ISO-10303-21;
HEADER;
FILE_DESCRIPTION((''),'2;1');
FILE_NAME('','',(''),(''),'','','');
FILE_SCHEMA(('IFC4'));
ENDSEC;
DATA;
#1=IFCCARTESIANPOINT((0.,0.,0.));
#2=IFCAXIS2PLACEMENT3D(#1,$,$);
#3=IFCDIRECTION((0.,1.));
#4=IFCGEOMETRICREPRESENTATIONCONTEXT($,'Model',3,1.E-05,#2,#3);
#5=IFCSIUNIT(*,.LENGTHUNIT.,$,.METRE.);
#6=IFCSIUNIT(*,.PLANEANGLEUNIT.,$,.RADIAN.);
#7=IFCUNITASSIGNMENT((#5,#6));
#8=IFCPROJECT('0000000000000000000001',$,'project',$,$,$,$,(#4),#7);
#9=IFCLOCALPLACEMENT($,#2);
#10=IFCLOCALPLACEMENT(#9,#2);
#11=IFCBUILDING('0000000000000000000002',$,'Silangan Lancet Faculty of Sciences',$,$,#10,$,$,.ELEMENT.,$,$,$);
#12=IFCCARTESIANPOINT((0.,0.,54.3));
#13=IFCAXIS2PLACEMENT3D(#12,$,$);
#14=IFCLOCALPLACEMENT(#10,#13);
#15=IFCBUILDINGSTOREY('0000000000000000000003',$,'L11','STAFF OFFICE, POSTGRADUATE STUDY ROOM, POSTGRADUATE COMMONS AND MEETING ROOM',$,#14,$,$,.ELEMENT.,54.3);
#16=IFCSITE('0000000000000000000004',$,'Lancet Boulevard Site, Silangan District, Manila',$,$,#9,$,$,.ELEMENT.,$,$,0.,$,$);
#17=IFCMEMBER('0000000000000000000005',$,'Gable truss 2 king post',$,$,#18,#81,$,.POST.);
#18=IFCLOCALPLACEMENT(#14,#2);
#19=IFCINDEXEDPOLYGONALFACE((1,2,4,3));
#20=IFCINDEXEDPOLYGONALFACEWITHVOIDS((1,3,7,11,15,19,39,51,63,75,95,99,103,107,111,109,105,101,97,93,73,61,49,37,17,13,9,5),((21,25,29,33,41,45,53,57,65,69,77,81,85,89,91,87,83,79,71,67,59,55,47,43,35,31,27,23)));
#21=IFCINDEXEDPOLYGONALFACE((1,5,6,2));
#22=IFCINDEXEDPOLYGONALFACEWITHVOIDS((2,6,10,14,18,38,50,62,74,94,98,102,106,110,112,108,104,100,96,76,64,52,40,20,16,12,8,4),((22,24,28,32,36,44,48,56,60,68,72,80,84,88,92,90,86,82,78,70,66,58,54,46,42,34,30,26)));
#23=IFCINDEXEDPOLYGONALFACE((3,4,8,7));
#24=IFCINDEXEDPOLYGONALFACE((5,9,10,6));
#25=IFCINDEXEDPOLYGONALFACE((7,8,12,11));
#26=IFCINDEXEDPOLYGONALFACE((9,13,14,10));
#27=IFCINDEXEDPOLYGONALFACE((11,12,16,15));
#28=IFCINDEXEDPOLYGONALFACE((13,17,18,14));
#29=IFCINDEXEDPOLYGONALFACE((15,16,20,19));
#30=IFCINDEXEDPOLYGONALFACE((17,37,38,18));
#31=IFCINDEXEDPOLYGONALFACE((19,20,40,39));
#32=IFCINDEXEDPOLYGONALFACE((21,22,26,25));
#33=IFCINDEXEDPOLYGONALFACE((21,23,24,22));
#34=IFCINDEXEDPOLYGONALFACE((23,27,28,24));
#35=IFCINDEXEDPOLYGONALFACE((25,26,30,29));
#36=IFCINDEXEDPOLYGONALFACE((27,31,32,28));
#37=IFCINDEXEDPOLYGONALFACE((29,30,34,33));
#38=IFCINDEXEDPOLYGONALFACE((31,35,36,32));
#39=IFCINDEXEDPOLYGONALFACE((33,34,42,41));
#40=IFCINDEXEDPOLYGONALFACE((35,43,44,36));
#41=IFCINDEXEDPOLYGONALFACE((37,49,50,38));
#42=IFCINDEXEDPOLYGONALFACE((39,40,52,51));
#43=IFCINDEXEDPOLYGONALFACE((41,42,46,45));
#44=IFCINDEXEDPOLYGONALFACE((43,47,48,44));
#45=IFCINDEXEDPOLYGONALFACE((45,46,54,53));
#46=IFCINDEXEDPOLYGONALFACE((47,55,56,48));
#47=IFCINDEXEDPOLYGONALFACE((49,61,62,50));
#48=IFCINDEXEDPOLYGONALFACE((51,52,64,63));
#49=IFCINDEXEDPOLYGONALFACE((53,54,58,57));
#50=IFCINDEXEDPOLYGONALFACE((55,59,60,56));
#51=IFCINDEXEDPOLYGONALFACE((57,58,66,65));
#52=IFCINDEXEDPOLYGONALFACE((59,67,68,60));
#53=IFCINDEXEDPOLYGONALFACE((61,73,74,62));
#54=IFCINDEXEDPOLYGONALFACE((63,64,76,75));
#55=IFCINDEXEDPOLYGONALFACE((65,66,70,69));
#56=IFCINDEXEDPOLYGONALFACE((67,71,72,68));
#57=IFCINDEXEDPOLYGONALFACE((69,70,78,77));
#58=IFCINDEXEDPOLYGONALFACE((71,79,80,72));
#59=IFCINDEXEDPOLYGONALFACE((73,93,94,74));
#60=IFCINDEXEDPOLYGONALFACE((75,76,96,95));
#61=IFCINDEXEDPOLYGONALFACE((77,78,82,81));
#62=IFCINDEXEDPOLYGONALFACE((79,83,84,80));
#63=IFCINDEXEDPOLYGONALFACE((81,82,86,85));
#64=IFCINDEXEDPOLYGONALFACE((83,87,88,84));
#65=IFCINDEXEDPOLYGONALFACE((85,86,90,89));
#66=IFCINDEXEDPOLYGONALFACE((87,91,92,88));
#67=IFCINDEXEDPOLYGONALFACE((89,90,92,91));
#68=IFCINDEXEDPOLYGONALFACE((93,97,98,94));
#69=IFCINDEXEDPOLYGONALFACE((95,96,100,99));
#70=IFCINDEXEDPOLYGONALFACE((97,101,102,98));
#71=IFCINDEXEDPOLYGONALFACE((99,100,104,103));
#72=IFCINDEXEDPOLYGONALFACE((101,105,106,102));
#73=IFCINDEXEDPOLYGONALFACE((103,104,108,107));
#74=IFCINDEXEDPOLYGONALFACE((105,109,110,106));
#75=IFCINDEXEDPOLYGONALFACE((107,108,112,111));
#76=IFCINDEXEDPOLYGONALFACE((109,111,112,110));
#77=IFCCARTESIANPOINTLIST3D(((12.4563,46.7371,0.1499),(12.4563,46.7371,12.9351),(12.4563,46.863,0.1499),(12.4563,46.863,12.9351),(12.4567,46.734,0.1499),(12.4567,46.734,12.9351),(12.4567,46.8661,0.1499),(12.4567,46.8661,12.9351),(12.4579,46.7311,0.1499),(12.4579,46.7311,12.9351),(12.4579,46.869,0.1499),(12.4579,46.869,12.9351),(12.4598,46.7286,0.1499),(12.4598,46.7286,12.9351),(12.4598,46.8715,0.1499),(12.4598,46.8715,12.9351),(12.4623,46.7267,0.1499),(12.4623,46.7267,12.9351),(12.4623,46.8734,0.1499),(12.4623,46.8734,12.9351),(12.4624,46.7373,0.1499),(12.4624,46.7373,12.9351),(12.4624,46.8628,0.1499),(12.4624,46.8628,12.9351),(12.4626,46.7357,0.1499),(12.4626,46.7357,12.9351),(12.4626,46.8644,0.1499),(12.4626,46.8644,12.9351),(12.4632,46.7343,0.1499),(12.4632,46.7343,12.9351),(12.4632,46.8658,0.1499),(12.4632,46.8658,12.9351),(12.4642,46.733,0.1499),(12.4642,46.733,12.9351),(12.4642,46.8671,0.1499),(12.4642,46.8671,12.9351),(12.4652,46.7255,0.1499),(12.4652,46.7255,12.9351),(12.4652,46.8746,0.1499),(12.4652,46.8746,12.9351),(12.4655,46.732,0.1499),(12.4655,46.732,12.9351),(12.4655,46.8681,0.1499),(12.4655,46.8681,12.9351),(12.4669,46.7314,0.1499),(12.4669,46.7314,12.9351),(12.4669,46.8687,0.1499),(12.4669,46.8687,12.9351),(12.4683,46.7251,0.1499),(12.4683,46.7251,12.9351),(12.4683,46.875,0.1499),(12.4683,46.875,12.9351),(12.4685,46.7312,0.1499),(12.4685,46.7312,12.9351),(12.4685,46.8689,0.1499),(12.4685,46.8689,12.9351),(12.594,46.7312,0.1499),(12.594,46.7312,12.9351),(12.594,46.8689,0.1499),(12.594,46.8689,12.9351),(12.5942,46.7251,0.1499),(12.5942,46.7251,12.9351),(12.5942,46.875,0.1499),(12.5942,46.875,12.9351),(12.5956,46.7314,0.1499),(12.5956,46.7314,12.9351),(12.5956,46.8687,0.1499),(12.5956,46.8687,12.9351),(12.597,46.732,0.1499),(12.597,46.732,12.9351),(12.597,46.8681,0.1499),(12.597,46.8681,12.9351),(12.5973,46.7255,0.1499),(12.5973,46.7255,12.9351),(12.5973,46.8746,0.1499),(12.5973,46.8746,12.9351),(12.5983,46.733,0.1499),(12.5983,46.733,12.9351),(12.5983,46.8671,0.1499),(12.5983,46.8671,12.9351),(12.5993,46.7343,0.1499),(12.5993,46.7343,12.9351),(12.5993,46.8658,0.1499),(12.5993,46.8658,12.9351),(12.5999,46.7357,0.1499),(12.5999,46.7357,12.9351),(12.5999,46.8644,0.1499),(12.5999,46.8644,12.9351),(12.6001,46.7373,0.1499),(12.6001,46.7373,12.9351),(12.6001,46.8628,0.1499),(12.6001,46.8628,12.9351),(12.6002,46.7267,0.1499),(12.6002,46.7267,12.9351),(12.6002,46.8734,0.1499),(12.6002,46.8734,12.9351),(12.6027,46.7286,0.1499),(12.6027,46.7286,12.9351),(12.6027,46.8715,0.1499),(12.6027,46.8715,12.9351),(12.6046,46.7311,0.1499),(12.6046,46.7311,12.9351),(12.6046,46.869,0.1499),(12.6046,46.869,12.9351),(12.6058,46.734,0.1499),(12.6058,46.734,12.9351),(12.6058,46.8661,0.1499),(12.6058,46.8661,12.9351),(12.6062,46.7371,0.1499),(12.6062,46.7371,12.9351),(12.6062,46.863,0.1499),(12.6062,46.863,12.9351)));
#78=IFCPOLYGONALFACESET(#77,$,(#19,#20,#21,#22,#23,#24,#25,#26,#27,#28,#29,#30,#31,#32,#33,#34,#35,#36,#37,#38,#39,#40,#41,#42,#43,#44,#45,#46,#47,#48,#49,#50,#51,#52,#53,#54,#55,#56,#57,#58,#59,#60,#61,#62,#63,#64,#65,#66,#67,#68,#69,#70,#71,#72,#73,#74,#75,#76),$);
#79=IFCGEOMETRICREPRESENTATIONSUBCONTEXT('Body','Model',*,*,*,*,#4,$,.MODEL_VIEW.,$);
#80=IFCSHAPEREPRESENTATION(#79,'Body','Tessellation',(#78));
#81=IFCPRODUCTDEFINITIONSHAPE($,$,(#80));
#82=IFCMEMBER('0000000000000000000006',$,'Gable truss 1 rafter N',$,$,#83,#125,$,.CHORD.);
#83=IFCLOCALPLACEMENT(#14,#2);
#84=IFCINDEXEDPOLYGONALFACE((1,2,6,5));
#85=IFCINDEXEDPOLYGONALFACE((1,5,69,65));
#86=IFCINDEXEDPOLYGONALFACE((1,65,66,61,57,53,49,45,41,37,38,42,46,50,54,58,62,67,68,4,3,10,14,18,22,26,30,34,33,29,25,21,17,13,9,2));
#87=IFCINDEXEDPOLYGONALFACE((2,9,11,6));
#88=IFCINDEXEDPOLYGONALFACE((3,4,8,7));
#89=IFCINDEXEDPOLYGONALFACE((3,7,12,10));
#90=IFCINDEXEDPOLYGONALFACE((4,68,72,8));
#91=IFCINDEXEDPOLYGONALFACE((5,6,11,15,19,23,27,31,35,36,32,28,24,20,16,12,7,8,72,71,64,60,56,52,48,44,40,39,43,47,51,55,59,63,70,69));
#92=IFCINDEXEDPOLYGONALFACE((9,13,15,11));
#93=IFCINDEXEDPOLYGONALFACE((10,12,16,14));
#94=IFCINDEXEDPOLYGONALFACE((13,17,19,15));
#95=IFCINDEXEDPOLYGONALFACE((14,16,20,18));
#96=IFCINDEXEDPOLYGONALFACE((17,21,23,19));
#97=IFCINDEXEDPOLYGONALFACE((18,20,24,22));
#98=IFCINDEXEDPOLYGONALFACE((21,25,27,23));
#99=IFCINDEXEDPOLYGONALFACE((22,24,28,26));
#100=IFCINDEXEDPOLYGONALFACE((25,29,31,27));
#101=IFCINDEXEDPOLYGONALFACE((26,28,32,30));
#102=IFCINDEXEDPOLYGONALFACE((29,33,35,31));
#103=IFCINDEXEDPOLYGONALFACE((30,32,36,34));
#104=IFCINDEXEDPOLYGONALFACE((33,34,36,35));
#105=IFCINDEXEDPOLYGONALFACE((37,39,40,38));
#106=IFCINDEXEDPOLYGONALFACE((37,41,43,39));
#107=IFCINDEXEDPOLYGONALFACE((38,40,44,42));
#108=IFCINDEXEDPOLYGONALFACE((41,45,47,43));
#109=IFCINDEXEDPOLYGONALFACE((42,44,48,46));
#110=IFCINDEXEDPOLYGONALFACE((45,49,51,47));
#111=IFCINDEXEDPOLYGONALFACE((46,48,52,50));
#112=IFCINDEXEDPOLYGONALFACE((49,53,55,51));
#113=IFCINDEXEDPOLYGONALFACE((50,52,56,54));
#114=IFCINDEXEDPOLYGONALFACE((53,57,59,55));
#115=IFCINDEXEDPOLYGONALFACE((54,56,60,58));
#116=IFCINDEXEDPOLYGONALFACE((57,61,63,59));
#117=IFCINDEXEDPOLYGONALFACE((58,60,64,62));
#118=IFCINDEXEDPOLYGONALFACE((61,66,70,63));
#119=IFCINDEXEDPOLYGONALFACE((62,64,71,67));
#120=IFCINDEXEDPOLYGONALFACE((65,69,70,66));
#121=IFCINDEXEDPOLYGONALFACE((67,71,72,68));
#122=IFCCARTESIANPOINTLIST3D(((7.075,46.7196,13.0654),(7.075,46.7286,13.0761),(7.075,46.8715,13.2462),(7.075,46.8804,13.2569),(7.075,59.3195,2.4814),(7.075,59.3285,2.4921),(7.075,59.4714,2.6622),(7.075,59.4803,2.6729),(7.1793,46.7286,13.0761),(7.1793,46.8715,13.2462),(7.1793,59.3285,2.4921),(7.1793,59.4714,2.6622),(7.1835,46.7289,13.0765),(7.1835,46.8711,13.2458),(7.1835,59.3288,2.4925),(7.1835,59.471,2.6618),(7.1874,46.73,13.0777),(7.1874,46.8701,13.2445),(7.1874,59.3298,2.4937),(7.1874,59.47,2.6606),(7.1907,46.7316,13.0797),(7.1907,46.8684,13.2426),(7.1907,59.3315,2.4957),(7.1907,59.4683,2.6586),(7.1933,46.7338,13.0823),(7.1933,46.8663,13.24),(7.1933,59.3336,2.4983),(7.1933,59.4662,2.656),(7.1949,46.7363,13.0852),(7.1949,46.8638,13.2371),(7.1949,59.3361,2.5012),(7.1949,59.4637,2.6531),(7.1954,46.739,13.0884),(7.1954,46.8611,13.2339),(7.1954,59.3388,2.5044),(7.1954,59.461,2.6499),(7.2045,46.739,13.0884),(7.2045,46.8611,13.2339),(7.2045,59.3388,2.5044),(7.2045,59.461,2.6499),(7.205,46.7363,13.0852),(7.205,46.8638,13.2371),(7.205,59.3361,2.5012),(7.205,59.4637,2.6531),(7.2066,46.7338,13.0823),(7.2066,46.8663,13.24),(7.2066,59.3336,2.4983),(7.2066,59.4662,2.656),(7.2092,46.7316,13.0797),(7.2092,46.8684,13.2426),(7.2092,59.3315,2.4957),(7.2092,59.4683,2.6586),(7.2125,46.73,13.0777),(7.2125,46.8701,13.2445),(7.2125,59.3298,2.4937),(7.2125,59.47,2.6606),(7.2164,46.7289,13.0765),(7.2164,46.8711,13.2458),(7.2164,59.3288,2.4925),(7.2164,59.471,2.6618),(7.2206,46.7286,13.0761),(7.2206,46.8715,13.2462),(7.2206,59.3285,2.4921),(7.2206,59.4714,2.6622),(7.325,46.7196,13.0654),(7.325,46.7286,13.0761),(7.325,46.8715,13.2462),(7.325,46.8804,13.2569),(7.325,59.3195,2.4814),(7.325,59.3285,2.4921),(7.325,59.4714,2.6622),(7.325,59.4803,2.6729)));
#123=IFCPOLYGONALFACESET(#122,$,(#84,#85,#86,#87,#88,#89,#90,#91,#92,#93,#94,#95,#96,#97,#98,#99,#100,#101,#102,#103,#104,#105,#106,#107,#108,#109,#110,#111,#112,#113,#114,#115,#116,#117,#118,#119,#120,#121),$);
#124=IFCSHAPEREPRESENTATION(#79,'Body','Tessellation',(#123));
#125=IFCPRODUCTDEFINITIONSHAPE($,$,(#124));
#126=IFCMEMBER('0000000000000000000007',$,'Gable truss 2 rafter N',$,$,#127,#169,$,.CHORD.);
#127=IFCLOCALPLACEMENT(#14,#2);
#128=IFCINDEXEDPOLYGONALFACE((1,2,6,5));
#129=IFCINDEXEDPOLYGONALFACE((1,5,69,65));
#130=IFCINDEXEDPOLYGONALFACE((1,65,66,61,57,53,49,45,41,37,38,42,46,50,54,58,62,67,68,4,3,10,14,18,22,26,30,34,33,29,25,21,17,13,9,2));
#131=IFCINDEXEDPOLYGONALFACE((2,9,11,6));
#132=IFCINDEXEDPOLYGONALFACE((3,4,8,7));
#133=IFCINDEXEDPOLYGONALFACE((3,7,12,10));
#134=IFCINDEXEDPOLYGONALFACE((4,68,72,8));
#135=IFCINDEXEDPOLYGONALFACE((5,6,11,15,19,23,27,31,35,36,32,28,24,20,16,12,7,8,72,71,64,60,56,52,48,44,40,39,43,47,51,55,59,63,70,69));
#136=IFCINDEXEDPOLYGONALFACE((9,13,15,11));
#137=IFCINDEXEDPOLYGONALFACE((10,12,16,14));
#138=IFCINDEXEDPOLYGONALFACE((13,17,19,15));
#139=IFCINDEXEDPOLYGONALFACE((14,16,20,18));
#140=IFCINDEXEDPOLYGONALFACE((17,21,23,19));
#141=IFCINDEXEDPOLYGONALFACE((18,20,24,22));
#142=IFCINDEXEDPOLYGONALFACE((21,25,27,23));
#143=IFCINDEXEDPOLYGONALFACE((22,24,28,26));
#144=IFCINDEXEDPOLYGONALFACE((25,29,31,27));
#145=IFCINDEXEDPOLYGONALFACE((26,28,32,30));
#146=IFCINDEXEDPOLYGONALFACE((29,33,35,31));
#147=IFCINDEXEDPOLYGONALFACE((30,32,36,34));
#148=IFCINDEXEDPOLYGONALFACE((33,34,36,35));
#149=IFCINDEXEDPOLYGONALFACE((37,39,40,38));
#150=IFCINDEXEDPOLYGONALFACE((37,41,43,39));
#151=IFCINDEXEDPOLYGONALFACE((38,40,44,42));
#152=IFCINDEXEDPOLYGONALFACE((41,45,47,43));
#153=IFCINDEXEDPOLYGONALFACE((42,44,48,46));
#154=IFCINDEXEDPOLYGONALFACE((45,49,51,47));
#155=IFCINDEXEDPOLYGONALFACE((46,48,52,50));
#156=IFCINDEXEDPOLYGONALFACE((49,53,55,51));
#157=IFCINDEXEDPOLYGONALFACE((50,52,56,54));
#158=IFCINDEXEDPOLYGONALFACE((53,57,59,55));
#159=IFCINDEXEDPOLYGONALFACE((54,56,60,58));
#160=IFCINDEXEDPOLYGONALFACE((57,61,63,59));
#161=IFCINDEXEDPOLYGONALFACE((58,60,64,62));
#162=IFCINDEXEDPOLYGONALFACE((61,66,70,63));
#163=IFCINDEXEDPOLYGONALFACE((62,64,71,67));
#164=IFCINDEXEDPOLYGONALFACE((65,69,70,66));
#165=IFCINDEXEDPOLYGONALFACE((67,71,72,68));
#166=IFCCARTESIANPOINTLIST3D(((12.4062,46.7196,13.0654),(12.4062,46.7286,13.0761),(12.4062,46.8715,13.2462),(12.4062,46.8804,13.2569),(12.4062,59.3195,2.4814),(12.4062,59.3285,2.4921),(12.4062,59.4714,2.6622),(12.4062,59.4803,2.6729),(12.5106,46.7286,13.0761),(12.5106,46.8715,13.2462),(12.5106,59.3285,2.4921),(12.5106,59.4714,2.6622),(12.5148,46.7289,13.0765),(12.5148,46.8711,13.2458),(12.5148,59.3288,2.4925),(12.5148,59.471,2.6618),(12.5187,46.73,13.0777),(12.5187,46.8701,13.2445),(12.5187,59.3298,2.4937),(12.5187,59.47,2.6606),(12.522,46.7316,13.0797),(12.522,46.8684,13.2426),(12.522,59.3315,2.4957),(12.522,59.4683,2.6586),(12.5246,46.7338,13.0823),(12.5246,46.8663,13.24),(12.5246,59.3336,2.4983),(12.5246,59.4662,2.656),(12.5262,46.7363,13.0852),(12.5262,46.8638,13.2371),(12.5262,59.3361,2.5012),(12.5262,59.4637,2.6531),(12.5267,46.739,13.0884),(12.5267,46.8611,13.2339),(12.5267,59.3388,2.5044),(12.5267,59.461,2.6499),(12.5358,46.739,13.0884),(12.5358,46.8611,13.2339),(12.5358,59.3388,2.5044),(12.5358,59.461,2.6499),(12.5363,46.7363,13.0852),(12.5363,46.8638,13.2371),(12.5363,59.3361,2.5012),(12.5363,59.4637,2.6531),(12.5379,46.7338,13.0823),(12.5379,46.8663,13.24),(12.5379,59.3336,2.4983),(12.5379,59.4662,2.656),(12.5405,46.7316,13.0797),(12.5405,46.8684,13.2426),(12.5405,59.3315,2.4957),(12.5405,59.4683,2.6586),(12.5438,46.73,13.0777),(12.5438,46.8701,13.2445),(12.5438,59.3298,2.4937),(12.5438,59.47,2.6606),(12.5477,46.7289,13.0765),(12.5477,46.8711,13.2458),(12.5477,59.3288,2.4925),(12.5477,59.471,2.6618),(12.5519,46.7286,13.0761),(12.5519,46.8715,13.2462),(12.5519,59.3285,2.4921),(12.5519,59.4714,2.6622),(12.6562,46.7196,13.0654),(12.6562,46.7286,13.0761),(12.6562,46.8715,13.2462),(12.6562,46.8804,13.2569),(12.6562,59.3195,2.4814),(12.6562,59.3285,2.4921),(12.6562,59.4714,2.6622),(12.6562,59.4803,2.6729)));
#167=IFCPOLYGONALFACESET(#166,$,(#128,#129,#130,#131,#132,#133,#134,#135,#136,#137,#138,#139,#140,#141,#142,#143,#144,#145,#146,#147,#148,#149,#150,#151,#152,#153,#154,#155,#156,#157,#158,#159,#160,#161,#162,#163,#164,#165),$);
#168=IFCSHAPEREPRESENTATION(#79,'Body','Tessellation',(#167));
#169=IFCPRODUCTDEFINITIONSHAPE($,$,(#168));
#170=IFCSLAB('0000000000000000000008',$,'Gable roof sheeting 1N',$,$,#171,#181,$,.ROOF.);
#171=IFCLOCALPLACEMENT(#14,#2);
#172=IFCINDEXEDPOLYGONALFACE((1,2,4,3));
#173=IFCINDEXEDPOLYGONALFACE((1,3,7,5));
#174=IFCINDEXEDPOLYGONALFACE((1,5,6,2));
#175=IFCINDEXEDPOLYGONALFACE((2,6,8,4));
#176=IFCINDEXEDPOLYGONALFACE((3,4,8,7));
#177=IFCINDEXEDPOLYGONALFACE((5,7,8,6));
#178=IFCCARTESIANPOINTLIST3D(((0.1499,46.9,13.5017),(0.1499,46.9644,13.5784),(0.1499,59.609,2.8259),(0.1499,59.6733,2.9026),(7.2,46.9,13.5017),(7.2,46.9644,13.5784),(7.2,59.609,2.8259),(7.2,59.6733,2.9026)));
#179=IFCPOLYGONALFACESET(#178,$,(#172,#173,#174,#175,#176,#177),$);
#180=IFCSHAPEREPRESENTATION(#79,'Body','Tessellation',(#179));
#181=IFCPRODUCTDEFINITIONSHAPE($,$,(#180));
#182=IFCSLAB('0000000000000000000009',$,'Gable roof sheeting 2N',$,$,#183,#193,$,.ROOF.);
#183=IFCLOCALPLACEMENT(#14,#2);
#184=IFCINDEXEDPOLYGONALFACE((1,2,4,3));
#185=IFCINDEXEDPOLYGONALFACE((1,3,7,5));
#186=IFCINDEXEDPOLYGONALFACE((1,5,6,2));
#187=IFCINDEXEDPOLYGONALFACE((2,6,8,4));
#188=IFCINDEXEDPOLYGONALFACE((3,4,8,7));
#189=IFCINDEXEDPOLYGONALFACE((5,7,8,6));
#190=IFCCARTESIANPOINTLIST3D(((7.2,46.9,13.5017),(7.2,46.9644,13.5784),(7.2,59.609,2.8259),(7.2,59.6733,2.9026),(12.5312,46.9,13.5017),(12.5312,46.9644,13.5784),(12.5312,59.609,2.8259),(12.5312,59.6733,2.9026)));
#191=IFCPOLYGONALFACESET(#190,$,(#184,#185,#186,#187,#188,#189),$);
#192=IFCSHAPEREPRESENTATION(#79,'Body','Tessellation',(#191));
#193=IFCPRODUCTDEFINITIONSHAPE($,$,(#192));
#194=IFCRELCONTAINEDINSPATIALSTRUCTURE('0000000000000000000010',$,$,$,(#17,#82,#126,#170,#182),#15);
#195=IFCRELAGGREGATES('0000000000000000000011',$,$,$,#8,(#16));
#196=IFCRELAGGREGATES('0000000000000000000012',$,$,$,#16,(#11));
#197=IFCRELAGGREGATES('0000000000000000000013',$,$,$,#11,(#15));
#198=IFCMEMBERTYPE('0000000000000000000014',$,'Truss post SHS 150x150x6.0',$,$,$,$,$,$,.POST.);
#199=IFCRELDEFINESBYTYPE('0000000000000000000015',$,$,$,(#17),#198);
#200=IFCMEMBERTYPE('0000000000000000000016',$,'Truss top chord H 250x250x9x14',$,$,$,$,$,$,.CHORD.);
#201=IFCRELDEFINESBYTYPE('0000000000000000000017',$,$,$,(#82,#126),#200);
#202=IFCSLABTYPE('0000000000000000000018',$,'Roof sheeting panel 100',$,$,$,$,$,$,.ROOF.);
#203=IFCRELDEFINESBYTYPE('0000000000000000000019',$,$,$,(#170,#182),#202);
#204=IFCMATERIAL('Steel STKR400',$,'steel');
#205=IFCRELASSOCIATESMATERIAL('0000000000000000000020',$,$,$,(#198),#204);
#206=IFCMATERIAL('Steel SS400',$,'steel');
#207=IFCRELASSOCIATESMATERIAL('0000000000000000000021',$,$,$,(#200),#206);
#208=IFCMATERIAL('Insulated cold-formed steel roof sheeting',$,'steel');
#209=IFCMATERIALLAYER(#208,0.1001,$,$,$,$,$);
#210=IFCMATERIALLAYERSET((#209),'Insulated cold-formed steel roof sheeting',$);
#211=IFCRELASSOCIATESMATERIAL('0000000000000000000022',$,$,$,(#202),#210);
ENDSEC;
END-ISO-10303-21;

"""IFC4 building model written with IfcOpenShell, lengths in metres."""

from ifc_helpers import new_model, si_unit, direction, frame, origin, origin_2d, place, context, subcontext, project, spatial, polyline, hollow_rectangle, i_section, outline, extrude, material, layer, layer_set, material_profile, profile_set, type_object, element, save


model = new_model("IFC4")

# Units and contexts
model_context = context("Model", 3, precision=1e-05, world=origin(), true_north=direction((0.0, 1.0)))
body_context = subcontext(model_context, "Body", "Model", "MODEL_VIEW")
ifc_project = project(units=[si_unit("LENGTHUNIT", "METRE"), si_unit("PLANEANGLEUNIT", "RADIAN")], contexts=[model_context])

# Site, building, storey
site_placement = place(None, origin())
site = spatial("IfcSite", under=ifc_project, at=site_placement, Name="Lancet Boulevard Site, Silangan District, Manila", CompositionType="ELEMENT", RefElevation=0.0)
building_placement = place(site_placement, origin())
building = spatial("IfcBuilding", under=site, at=building_placement, Name="Silangan Lancet Faculty of Sciences", CompositionType="ELEMENT")
storey_placement = place(building_placement, frame((0.0, 0.0, 54.3)))
storey = spatial("IfcBuildingStorey", under=building, at=storey_placement, Name="L11", Description="STAFF OFFICE, POSTGRADUATE STUDY ROOM, POSTGRADUATE COMMONS AND MEETING ROOM", CompositionType="ELEMENT", Elevation=54.3)

# Members
ifc_material_1 = material(Name="Steel STKR400", Category="steel")
ifc_material_profile_1 = material_profile(ifc_material_1, hollow_rectangle(XDim=0.1499, YDim=0.1499, WallThickness=0.0061, InnerFilletRadius=0.0061, OuterFilletRadius=0.012, at=origin_2d()), Name="SHS 150x150x6.0")
ifc_profile_set_1 = profile_set([ifc_material_profile_1], Name="Steel STKR400")
member_type_1 = type_object("IfcMemberType", Name="Truss post SHS 150x150x6.0", PredefinedType="POST", material=ifc_profile_set_1)
member_1_placement = place(storey_placement, frame((12.5312, 46.8, 0.1499), z_axis=(0.0, 0.0, 1.0), x_axis=(1.0, 0.0, 0.0)))
element("IfcMember", 1, at=member_1_placement, inside=storey, type_object=member_type_1, Name="Gable truss 2 king post", PredefinedType="POST", context=body_context, shape_type="SweptSolid", body=[
    extrude(hollow_rectangle(XDim=0.1499, YDim=0.1499, WallThickness=0.0061, InnerFilletRadius=0.0061, OuterFilletRadius=0.012, at=origin_2d()), origin(), (0.0, 0.0, 1.0), 12.7852),
])
ifc_material_2 = material(Name="Steel SS400", Category="steel")
ifc_material_profile_2 = material_profile(ifc_material_2, i_section(OverallWidth=0.25, OverallDepth=0.25, WebThickness=0.009, FlangeThickness=0.0139, FilletRadius=0.0161, at=origin_2d()), Name="H 250x250x9x14")
ifc_profile_set_2 = profile_set([ifc_material_profile_2], Name="Steel SS400")
member_type_2 = type_object("IfcMemberType", Name="Truss top chord H 250x250x9x14", PredefinedType="CHORD", material=ifc_profile_set_2)
for number, where, z_axis, x_axis, name in (
    (2, (7.2, 59.3999, 2.5771), (0.0, -0.765702, 0.643196), (1.0, 0.0, 0.0), "Gable truss 1 rafter N"),
    (3, (12.5312, 59.3999, 2.5771), (0.0, -0.765702, 0.643196), (1.0, 0.0, 0.0), "Gable truss 2 rafter N"),
):
    element("IfcMember", number, at=place(storey_placement, frame(where, z_axis=z_axis, x_axis=x_axis)), inside=storey, type_object=member_type_2, Name=name, PredefinedType="CHORD", context=body_context, shape_type="SweptSolid", body=[
        extrude(i_section(OverallWidth=0.25, OverallDepth=0.25, WebThickness=0.009, FlangeThickness=0.0139, FilletRadius=0.0161, at=origin_2d()), origin(), (0.0, 0.0, 1.0), 16.4553),
    ])

# Slabs
ifc_material_3 = material(Name="Insulated cold-formed steel roof sheeting", Category="steel")
ifc_layer_1 = layer(ifc_material_3, 0.1001)
ifc_layer_set_1 = layer_set([ifc_layer_1], Name="Insulated cold-formed steel roof sheeting")
slab_type = type_object("IfcSlabType", Name="Roof sheeting panel 100", PredefinedType="ROOF", material=ifc_layer_set_1)
slab_placement = place(storey_placement, frame((0.1499, 46.9644, 13.5784), z_axis=(0.0, 0.6432, 0.765698), x_axis=(1.0, 0.0, 0.0)))
element("IfcSlab", 4, at=slab_placement, inside=storey, type_object=slab_type, Name="Gable roof sheeting 1N", PredefinedType="ROOF", context=body_context, shape_type="SweptSolid", body=[
    extrude(outline(polyline([(0.0, 0.0), (7.05, 0.0), (7.05, 16.5979), (0.0, 16.5979), (0.0, 0.0)])), origin(), (0.0, 0.0, -1.0), 0.1001),
])
for number, where, z_axis, x_axis, name in (
    (5, (7.2, 46.9644, 13.5784), (0.0, 0.6432, 0.765698), (1.0, 0.0, 0.0), "Gable roof sheeting 2N"),
):
    element("IfcSlab", number, at=place(storey_placement, frame(where, z_axis=z_axis, x_axis=x_axis)), inside=storey, type_object=slab_type, Name=name, PredefinedType="ROOF", context=body_context, shape_type="SweptSolid", body=[
        extrude(outline(polyline([(0.0, 0.0), (5.3313, 0.0), (5.3313, 16.5979), (0.0, 16.5979), (0.0, 0.0)])), origin(), (0.0, 0.0, -1.0), 0.1001),
    ])

save(model, "model.ifc")
